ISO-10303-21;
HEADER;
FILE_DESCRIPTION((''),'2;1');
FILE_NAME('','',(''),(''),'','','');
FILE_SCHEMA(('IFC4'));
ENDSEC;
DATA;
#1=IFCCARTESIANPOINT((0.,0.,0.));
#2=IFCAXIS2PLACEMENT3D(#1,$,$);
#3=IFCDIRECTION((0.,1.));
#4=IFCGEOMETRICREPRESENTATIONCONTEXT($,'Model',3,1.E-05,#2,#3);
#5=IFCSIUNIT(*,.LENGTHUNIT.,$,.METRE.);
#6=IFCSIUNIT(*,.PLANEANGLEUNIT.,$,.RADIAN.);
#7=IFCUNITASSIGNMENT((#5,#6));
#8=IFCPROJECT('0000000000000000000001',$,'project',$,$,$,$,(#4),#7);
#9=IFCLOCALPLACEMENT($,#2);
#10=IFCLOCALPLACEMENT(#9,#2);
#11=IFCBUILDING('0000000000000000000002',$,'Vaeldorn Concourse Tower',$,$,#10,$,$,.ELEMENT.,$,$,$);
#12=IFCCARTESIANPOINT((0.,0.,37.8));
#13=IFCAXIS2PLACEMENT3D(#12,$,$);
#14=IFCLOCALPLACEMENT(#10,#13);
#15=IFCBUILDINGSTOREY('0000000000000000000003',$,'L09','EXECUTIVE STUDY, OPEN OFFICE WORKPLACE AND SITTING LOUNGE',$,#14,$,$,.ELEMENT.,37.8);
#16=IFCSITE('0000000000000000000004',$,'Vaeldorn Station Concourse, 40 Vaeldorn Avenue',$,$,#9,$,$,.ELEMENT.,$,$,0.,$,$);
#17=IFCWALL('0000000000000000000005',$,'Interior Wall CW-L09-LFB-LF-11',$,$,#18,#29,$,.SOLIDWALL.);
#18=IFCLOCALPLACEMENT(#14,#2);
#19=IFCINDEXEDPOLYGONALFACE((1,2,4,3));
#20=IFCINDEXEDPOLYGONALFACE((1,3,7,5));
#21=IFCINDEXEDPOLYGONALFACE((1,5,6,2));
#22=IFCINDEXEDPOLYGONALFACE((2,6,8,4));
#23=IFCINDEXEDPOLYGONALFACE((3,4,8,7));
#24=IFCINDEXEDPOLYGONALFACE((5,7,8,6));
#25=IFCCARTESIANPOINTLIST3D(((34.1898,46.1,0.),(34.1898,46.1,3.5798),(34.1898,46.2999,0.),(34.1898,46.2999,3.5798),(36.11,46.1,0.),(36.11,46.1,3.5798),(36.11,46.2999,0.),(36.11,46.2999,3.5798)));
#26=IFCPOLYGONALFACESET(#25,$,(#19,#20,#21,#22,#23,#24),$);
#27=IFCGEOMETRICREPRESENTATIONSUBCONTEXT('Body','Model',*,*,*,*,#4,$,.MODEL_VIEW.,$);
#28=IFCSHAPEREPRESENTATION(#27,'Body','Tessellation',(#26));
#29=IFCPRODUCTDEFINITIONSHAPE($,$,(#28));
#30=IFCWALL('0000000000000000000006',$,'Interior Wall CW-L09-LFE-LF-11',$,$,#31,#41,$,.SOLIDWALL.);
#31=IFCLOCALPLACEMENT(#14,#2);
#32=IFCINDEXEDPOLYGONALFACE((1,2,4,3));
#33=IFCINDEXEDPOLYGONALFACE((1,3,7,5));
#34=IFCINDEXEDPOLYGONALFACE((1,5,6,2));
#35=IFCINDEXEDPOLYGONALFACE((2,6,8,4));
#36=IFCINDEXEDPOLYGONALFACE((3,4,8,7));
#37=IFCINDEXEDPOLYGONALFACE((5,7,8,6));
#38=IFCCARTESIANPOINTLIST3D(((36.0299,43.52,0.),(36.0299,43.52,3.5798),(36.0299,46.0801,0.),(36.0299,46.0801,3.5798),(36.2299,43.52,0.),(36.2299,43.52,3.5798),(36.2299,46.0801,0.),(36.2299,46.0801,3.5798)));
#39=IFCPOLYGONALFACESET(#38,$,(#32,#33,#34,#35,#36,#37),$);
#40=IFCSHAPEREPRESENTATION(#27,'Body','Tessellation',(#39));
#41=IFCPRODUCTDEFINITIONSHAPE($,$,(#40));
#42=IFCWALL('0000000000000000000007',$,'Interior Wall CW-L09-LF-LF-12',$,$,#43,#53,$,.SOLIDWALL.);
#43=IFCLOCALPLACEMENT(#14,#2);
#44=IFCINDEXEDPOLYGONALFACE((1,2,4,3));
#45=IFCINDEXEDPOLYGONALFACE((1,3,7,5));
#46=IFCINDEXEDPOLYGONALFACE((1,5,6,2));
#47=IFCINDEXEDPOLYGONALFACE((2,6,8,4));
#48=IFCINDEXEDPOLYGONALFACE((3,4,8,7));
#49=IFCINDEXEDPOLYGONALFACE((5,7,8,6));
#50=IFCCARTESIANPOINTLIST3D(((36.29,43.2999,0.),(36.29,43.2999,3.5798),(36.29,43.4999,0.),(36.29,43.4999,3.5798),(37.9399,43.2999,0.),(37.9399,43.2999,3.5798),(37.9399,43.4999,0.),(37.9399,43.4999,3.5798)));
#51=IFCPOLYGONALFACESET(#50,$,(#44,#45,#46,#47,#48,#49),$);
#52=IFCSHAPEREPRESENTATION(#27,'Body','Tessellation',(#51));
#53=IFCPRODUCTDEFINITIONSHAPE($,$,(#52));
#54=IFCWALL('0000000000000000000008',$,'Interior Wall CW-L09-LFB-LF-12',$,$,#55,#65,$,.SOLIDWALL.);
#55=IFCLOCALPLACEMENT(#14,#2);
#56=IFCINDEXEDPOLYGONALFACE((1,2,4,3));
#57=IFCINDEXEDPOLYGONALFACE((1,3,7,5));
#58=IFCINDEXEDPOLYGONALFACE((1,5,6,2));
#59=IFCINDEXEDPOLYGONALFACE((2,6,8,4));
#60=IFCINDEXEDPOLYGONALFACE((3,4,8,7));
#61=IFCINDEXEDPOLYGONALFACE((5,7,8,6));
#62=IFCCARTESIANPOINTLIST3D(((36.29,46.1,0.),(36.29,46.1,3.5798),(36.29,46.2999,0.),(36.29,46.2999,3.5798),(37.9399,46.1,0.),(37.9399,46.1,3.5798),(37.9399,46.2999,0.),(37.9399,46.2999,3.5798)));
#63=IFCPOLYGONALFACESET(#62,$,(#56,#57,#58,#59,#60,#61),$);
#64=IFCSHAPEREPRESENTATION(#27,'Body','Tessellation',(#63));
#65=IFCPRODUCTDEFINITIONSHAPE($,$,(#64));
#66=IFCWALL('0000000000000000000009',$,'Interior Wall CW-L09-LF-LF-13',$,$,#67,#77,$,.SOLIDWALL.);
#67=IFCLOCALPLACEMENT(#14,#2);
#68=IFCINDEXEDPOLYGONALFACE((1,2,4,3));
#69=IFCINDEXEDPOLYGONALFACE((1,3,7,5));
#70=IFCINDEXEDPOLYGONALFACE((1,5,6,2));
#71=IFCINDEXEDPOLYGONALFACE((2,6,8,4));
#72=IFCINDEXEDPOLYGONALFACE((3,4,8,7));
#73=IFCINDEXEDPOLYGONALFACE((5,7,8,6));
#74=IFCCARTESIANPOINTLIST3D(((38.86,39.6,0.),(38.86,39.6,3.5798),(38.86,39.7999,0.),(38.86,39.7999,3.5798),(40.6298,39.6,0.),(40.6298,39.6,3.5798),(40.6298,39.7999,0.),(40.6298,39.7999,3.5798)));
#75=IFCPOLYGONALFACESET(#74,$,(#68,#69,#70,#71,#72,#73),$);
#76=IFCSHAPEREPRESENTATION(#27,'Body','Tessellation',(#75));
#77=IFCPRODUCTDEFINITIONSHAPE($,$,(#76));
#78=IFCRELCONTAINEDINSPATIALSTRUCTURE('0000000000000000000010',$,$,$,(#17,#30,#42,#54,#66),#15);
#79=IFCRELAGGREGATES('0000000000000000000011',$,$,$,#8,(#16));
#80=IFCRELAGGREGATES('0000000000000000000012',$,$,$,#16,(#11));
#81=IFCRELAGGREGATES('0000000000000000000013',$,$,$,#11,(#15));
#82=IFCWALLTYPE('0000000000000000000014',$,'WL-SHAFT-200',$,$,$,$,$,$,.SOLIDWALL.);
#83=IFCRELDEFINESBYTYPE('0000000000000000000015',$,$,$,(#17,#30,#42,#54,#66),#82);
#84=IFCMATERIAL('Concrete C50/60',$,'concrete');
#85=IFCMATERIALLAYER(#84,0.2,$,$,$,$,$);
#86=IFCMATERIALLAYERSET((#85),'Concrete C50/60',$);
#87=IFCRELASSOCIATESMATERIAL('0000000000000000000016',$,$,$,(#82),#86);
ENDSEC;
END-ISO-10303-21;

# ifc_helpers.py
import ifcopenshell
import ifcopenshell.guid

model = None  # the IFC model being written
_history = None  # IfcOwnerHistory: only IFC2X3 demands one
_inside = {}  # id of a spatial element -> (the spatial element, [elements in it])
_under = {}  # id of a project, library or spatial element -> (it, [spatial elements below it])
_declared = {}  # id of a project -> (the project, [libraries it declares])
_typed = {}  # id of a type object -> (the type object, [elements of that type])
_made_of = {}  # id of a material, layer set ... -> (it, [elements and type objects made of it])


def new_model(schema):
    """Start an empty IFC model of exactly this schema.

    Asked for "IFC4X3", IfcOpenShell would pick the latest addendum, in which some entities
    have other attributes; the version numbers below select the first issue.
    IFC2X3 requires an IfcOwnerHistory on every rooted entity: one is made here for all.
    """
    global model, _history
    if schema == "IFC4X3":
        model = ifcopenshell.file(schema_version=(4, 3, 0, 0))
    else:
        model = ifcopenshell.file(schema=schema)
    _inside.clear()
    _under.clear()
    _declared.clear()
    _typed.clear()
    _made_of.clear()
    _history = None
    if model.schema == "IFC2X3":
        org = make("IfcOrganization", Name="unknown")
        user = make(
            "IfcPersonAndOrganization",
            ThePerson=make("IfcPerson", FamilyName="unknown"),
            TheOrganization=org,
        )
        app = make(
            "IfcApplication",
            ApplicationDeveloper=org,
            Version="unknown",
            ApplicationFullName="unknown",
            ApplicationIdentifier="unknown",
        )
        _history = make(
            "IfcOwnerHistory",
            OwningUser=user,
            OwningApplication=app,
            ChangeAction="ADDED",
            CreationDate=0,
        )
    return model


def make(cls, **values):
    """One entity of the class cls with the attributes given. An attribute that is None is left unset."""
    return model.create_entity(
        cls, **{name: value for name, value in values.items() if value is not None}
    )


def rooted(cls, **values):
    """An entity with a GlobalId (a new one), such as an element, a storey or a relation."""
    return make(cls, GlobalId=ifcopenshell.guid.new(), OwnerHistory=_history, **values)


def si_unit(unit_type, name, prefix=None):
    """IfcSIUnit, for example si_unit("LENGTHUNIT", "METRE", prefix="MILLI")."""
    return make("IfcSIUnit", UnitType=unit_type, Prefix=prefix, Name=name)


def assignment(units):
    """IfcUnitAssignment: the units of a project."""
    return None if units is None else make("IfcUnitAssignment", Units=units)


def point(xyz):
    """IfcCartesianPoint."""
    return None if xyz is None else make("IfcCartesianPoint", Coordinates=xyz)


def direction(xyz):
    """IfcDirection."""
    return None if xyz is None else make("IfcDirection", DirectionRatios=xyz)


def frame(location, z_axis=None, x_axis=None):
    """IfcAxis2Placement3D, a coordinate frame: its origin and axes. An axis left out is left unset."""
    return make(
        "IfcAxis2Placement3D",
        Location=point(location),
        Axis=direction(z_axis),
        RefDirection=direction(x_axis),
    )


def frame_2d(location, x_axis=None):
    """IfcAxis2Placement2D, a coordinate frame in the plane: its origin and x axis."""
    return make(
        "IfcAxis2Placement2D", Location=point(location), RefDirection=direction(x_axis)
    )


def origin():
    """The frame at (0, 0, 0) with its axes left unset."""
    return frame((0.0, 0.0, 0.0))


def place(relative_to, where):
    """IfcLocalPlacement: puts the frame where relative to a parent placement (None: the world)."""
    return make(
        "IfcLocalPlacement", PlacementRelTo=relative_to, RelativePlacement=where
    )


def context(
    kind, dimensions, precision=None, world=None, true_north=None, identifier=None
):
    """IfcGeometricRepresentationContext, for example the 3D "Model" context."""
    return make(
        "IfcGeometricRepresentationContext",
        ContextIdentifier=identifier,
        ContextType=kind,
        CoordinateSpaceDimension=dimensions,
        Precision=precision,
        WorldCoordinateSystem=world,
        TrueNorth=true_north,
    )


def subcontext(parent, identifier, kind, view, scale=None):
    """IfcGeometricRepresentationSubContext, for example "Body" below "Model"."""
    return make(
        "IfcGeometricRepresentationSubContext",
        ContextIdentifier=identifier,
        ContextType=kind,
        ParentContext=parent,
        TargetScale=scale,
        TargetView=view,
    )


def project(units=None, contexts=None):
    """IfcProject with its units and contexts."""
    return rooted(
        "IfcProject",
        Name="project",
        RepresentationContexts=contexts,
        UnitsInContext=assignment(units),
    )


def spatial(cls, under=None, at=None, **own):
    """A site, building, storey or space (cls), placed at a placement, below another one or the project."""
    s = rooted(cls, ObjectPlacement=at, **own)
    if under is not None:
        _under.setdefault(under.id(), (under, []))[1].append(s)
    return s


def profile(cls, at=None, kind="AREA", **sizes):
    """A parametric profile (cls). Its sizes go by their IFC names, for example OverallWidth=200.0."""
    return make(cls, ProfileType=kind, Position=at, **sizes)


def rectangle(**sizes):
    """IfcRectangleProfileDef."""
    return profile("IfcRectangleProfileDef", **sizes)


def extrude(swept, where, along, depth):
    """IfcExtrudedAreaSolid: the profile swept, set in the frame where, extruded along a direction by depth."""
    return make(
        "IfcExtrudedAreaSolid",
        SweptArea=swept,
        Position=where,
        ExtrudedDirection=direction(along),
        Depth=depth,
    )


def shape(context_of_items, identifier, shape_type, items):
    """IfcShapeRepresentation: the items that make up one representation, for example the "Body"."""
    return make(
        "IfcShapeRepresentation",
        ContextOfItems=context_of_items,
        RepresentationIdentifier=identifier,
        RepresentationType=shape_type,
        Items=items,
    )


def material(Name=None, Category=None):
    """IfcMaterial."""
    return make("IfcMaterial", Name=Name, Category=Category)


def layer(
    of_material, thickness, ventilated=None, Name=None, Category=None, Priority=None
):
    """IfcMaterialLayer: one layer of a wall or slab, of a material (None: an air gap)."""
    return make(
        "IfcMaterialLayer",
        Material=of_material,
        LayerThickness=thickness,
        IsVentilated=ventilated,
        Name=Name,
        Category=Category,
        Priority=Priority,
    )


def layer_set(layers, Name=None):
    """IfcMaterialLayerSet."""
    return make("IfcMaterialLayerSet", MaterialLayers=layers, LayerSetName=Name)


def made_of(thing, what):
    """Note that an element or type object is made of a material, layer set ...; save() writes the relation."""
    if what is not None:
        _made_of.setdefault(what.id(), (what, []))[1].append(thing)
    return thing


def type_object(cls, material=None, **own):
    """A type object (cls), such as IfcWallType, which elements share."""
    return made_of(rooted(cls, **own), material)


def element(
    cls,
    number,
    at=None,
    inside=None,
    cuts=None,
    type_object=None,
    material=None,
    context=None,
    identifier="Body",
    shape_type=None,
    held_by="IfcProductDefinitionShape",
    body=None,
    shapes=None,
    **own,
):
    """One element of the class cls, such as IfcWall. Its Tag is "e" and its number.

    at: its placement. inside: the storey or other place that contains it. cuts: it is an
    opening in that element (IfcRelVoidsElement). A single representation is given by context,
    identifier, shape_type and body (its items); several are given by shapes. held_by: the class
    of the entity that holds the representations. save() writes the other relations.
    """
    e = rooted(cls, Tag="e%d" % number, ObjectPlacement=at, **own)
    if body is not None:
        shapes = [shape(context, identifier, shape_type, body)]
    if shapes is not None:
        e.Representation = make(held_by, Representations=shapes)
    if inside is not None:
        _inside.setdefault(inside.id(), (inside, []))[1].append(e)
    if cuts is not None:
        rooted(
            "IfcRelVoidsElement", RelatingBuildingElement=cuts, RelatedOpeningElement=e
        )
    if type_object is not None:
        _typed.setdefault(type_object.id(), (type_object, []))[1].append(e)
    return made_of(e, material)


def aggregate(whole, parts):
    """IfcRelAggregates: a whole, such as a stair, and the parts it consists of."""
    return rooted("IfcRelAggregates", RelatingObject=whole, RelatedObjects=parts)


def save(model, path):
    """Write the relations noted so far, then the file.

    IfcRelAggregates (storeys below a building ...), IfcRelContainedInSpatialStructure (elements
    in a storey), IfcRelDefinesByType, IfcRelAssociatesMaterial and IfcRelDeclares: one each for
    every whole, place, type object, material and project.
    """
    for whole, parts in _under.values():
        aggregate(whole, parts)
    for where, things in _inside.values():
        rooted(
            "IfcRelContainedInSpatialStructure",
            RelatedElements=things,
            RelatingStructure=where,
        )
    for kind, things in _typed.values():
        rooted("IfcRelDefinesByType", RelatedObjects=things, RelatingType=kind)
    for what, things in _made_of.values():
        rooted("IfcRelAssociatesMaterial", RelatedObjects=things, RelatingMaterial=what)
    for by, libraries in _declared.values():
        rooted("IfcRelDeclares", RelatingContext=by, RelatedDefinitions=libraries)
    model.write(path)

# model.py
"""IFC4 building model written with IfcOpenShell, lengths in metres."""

from ifc_helpers import new_model, si_unit, direction, frame, frame_2d, origin, place, context, subcontext, project, spatial, rectangle, extrude, material, layer, layer_set, type_object, element, save


model = new_model("IFC4")

# Units and contexts
model_context = context("Model", 3, precision=1e-05, world=origin(), true_north=direction((0.0, 1.0)))
body_context = subcontext(model_context, "Body", "Model", "MODEL_VIEW")
ifc_project = project(units=[si_unit("LENGTHUNIT", "METRE"), si_unit("PLANEANGLEUNIT", "RADIAN")], contexts=[model_context])

# Site, building, storey
site_placement = place(None, origin())
site = spatial("IfcSite", under=ifc_project, at=site_placement, Name="Vaeldorn Station Concourse, 40 Vaeldorn Avenue", CompositionType="ELEMENT", RefElevation=0.0)
building_placement = place(site_placement, origin())
building = spatial("IfcBuilding", under=site, at=building_placement, Name="Vaeldorn Concourse Tower", CompositionType="ELEMENT")
storey_placement = place(building_placement, frame((0.0, 0.0, 37.8)))
storey = spatial("IfcBuildingStorey", under=building, at=storey_placement, Name="L09", Description="EXECUTIVE STUDY, OPEN OFFICE WORKPLACE AND SITTING LOUNGE", CompositionType="ELEMENT", Elevation=37.8)

# Walls
ifc_material_1 = material(Name="Concrete C50/60", Category="concrete")
ifc_layer_1 = layer(ifc_material_1, 0.2)
ifc_layer_set_1 = layer_set([ifc_layer_1], Name="Concrete C50/60")
wall_type_1 = type_object("IfcWallType", Name="WL-SHAFT-200", PredefinedType="SOLIDWALL", material=ifc_layer_set_1)
for number, where, z_axis, x_axis, name in (
    (1, (34.1899, 46.2, 0.0), (0.0, 0.0, 1.0), (1.0, 0.0, 0.0), "Interior Wall CW-L09-LFB-LF-11"),
):
    element("IfcWall", number, at=place(storey_placement, frame(where, z_axis=z_axis, x_axis=x_axis)), inside=storey, type_object=wall_type_1, Name=name, PredefinedType="SOLIDWALL", context=body_context, shape_type="SweptSolid", body=[
        extrude(rectangle(XDim=1.9202, YDim=0.2, at=frame_2d((0.96, 0.0))), origin(), (0.0, 0.0, 1.0), 3.5798),
    ])
wall_1_placement = place(storey_placement, frame((36.1299, 43.52, 0.0), z_axis=(0.0, 0.0, 1.0), x_axis=(0.0, 1.0, 0.0)))
element("IfcWall", 2, at=wall_1_placement, inside=storey, type_object=wall_type_1, Name="Interior Wall CW-L09-LFE-LF-11", PredefinedType="SOLIDWALL", context=body_context, shape_type="SweptSolid", body=[
    extrude(rectangle(XDim=2.5601, YDim=0.2, at=frame_2d((1.28, 0.0))), origin(), (0.0, 0.0, 1.0), 3.5798),
])
for number, where, z_axis, x_axis, name in (
    (3, (36.29, 43.3999, 0.0), (0.0, 0.0, 1.0), (1.0, 0.0, 0.0), "Interior Wall CW-L09-LF-LF-12"),
    (4, (36.29, 46.2, 0.0), (0.0, 0.0, 1.0), (1.0, 0.0, 0.0), "Interior Wall CW-L09-LFB-LF-12"),
):
    element("IfcWall", number, at=place(storey_placement, frame(where, z_axis=z_axis, x_axis=x_axis)), inside=storey, type_object=wall_type_1, Name=name, PredefinedType="SOLIDWALL", context=body_context, shape_type="SweptSolid", body=[
        extrude(rectangle(XDim=1.6499, YDim=0.2, at=frame_2d((0.825, 0.0))), origin(), (0.0, 0.0, 1.0), 3.5798),
    ])
wall_2_placement = place(storey_placement, frame((38.8601, 39.7, 0.0), z_axis=(0.0, 0.0, 1.0), x_axis=(1.0, 0.0, 0.0)))
element("IfcWall", 5, at=wall_2_placement, inside=storey, type_object=wall_type_1, Name="Interior Wall CW-L09-LF-LF-13", PredefinedType="SOLIDWALL", context=body_context, shape_type="SweptSolid", body=[
    extrude(rectangle(XDim=1.7698, YDim=0.2, at=frame_2d((0.8848, 0.0))), origin(), (0.0, 0.0, 1.0), 3.5798),
])

save(model, "model.ifc")
